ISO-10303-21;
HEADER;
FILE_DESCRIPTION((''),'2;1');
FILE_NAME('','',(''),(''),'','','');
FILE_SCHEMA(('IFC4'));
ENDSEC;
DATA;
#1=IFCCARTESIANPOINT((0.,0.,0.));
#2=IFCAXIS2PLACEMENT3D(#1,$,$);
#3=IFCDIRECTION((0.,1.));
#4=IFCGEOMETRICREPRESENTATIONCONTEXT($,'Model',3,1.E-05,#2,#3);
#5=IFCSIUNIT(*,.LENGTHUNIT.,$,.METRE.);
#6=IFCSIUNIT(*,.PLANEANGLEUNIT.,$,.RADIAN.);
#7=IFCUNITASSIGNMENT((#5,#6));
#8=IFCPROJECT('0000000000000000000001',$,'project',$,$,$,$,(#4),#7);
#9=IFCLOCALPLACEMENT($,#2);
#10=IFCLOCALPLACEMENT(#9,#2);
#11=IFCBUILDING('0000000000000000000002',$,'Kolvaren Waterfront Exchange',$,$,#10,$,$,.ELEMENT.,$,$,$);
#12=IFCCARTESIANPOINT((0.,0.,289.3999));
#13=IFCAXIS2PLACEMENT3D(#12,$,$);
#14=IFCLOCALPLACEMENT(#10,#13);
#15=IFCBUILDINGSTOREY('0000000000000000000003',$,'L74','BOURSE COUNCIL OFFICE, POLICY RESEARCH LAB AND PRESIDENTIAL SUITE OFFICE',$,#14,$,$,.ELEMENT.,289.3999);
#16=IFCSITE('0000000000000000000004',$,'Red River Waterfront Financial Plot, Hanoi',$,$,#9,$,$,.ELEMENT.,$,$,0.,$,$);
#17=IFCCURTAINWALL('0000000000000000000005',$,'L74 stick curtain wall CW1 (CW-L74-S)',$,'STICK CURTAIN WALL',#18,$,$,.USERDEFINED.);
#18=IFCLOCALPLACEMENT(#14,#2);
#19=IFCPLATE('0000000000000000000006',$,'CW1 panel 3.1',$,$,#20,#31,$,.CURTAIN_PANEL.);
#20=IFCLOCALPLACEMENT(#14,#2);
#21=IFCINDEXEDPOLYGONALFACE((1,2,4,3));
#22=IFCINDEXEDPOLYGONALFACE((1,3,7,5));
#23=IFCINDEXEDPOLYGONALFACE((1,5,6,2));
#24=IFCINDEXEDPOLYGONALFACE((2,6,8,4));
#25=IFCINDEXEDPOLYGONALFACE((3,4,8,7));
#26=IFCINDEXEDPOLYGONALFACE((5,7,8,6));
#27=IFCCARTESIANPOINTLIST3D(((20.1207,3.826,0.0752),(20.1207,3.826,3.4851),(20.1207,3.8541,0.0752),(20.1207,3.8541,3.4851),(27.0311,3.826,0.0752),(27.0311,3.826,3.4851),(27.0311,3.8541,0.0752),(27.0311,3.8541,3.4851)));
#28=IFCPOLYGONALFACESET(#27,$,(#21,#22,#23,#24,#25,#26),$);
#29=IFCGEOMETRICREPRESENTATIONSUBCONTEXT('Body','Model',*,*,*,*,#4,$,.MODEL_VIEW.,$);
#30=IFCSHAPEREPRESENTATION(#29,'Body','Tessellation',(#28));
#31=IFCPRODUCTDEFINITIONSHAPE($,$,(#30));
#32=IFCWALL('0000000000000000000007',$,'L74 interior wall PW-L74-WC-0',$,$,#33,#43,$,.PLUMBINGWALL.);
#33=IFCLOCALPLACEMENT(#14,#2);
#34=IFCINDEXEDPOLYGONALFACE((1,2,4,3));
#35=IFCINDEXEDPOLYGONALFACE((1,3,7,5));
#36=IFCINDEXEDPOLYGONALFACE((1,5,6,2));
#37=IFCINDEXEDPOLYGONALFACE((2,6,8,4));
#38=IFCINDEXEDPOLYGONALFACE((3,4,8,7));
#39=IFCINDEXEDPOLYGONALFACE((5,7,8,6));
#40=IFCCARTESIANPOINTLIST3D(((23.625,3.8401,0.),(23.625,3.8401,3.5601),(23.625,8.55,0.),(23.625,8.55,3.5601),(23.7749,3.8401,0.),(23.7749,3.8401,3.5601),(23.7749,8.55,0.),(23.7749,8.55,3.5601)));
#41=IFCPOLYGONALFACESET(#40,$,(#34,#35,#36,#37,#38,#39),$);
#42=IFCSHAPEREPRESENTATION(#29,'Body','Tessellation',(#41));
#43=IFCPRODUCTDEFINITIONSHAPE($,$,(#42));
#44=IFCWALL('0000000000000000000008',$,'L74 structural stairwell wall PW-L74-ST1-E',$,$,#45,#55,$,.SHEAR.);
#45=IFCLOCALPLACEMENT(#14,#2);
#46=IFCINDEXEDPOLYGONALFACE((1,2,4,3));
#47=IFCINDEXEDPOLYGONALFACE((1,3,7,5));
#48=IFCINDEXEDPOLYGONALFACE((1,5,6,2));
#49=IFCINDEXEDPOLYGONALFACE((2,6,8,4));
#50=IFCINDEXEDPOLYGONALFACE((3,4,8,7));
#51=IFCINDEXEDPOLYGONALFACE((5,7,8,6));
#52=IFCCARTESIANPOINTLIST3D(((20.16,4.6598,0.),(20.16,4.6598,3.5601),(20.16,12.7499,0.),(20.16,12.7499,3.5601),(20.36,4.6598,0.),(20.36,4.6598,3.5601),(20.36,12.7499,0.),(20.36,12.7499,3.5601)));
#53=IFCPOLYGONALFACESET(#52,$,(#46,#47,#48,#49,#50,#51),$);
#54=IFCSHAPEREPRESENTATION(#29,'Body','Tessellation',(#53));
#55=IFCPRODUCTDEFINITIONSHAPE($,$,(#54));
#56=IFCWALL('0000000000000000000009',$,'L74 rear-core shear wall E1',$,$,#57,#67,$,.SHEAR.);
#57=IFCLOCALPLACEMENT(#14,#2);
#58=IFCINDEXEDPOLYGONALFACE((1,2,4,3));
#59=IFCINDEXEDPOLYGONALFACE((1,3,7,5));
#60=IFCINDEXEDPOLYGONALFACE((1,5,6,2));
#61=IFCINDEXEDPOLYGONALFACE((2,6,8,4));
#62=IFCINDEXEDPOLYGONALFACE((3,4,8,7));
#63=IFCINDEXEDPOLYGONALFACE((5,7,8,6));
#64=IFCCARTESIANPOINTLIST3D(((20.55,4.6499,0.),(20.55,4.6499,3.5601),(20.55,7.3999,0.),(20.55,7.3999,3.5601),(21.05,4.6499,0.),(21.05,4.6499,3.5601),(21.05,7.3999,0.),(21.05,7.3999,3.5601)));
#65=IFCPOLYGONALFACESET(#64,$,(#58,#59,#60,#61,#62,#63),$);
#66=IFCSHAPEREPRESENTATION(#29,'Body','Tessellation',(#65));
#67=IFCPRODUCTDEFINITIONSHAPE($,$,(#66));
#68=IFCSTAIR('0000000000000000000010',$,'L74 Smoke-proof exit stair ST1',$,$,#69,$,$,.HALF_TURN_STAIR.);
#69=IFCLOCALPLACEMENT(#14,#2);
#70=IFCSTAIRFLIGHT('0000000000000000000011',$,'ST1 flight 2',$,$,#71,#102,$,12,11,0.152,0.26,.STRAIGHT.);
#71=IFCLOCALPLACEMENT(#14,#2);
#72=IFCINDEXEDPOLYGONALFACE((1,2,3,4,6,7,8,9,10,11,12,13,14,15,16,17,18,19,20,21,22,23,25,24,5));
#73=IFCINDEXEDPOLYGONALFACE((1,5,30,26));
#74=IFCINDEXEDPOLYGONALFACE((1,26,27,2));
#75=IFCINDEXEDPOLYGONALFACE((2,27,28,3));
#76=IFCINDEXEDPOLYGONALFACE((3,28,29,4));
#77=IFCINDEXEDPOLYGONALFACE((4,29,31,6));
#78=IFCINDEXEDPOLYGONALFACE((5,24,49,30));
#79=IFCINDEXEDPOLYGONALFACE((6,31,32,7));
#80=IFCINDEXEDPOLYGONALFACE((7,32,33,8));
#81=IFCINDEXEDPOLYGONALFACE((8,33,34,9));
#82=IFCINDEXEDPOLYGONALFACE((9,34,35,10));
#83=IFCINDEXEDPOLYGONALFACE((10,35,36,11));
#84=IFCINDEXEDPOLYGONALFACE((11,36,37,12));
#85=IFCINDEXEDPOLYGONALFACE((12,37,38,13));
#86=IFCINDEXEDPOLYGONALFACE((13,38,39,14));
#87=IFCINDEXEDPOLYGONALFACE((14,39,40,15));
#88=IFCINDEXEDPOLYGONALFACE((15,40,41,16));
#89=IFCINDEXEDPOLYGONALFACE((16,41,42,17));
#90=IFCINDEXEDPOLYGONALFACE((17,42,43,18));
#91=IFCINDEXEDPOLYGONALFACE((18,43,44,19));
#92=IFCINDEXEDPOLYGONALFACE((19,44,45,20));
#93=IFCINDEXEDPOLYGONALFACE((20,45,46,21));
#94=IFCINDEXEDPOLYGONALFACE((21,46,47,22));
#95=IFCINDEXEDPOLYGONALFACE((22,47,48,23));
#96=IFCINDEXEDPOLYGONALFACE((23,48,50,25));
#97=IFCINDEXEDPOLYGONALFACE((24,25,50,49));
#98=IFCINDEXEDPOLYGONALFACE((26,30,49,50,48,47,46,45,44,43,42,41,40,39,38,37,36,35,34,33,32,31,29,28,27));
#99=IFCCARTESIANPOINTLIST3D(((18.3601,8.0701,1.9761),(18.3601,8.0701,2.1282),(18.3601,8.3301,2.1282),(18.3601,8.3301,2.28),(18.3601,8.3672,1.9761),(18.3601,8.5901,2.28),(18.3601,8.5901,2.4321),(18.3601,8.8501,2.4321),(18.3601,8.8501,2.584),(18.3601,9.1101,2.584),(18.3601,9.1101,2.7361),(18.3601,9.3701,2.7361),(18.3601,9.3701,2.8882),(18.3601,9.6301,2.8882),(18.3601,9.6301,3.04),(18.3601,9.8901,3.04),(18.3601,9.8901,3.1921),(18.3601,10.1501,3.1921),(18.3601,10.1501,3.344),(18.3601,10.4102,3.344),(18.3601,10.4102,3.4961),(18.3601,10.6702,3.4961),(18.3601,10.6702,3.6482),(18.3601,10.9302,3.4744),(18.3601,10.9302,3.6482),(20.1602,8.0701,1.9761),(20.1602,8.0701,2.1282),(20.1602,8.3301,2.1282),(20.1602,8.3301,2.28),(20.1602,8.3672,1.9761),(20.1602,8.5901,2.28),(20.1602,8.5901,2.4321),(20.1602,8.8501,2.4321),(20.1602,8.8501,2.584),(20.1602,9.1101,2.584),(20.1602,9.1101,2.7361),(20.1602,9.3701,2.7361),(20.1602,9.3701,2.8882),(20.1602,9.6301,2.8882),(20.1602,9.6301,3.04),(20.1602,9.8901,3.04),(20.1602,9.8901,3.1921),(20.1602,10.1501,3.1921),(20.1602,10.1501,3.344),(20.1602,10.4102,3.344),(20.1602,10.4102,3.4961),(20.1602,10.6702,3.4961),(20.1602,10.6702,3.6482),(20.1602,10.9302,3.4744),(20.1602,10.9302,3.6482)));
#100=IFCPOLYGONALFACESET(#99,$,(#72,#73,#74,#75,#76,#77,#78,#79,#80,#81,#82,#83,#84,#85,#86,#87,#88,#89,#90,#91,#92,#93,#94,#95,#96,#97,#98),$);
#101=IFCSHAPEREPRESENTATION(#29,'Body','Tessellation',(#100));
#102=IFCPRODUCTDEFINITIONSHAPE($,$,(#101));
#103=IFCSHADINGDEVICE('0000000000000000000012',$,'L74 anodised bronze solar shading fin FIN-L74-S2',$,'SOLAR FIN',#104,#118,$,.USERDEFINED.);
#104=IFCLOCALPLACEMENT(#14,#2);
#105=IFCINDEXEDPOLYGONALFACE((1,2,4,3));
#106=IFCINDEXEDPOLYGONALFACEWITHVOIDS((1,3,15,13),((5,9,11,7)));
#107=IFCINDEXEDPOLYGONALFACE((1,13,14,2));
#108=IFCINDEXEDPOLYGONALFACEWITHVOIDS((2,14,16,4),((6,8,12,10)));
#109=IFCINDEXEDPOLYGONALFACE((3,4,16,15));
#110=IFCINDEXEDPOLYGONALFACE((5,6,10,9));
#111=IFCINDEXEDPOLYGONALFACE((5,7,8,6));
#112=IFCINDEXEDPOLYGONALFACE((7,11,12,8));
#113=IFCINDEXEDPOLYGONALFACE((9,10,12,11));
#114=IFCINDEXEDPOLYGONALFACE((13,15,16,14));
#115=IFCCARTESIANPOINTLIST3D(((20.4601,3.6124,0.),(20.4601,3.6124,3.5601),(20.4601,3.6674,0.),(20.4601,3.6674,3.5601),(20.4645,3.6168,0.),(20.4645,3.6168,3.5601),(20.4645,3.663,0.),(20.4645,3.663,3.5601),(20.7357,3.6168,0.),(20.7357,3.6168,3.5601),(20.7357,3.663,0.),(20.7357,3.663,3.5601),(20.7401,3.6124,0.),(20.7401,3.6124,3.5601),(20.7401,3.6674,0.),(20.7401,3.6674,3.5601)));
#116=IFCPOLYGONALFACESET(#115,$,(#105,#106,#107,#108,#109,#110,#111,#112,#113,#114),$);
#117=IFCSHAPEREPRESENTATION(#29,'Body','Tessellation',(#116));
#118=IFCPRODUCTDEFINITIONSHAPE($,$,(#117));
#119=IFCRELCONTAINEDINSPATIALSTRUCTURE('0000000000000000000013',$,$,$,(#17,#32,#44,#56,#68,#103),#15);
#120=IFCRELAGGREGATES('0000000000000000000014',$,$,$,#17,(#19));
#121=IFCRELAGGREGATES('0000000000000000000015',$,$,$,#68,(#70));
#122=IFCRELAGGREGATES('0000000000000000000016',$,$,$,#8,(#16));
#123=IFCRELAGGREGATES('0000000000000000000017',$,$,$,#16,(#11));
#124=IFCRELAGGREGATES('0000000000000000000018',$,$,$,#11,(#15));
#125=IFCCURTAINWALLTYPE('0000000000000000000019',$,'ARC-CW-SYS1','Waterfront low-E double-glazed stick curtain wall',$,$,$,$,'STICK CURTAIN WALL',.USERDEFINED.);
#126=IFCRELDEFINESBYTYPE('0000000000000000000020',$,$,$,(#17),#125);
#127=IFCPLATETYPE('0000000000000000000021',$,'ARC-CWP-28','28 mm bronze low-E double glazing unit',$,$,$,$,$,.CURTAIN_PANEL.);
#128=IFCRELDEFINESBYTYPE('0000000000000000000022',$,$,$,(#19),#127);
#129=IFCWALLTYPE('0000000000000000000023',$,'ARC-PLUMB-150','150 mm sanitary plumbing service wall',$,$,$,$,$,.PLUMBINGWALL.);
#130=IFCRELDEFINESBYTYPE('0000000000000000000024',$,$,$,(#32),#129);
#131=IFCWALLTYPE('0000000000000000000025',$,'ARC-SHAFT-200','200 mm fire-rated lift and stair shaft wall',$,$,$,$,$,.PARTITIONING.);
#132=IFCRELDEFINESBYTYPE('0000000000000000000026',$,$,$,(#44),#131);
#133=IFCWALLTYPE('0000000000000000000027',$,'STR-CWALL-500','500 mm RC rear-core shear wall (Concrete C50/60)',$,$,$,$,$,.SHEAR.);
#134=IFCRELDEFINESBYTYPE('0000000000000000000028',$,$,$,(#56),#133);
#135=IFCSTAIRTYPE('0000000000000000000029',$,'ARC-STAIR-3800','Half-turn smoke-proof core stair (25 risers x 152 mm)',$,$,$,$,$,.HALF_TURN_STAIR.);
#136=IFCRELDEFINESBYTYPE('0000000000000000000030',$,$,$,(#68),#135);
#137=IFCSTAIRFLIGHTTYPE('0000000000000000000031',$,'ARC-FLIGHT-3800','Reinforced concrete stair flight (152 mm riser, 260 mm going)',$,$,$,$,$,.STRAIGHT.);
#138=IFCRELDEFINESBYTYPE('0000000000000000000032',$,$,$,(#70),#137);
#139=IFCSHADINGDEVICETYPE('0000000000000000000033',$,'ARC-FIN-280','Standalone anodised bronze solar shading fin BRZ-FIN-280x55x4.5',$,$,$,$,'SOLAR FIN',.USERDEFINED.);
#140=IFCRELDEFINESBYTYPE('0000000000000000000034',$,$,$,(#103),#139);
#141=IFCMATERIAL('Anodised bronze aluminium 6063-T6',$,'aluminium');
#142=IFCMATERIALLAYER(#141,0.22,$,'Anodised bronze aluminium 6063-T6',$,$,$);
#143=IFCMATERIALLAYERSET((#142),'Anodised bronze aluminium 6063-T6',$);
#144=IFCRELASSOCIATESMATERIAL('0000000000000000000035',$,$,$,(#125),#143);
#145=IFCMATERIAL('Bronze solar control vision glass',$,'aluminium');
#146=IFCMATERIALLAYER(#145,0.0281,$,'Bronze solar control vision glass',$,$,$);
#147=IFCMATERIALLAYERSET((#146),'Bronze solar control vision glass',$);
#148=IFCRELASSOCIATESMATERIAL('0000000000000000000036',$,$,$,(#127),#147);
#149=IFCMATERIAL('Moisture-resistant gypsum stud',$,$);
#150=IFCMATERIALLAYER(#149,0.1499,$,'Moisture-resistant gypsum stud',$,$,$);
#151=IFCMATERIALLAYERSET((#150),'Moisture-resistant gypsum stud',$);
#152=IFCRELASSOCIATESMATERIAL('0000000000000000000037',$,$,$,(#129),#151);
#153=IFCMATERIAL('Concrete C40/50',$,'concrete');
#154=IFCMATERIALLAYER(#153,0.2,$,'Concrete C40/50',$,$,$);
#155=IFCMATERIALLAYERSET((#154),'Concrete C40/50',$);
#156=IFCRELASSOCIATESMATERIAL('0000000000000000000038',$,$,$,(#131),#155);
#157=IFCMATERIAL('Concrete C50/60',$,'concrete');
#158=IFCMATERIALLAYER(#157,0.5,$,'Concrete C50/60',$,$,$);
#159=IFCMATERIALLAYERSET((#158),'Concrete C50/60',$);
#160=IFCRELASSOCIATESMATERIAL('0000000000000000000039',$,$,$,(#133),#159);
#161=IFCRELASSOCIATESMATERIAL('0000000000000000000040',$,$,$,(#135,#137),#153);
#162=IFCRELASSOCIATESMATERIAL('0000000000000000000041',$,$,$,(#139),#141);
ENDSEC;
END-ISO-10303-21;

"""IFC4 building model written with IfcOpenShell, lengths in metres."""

from ifc_helpers import new_model, si_unit, direction, frame, frame_2d, origin, origin_with_axes, origin_2d, place, context, subcontext, project, spatial, polyline, rectangle, hollow_rectangle, outline, extrude, source, transform, mapped, material, layer, layer_set, material_profile, profile_set, type_object, element, aggregate, save


model = new_model("IFC4")

# Units and contexts
model_context = context("Model", 3, precision=1e-05, world=origin(), true_north=direction((0.0, 1.0)))
body_context = subcontext(model_context, "Body", "Model", "MODEL_VIEW")
ifc_project = project(units=[si_unit("LENGTHUNIT", "METRE"), si_unit("PLANEANGLEUNIT", "RADIAN")], contexts=[model_context])

# Site, building, storey
site_placement = place(None, origin())
site = spatial("IfcSite", under=ifc_project, at=site_placement, Name="Red River Waterfront Financial Plot, Hanoi", CompositionType="ELEMENT", RefElevation=0.0)
building_placement = place(site_placement, origin())
building = spatial("IfcBuilding", under=site, at=building_placement, Name="Kolvaren Waterfront Exchange", CompositionType="ELEMENT")
storey_placement = place(building_placement, frame((0.0, 0.0, 289.3999)))
storey = spatial("IfcBuildingStorey", under=building, at=storey_placement, Name="L74", Description="BOURSE COUNCIL OFFICE, POLICY RESEARCH LAB AND PRESIDENTIAL SUITE OFFICE", CompositionType="ELEMENT", Elevation=289.3999)

# Shared definitions
ifc_material_1 = material(Name="Concrete C50/60", Category="concrete")

# Curtain wall, plate
ifc_material_2 = material(Name="Anodised bronze aluminium 6063-T6", Category="aluminium")
ifc_layer_1 = layer(ifc_material_2, 0.22, Name="Anodised bronze aluminium 6063-T6")
ifc_layer_set_1 = layer_set([ifc_layer_1], Name="Anodised bronze aluminium 6063-T6")
curtain_wall_type = type_object("IfcCurtainWallType", Name="ARC-CW-SYS1", Description="Waterfront low-E double-glazed stick curtain wall", ElementType="STICK CURTAIN WALL", PredefinedType="USERDEFINED", material=ifc_layer_set_1)
curtain_wall_placement = place(storey_placement, origin())
curtain_wall = element("IfcCurtainWall", 1, at=curtain_wall_placement, inside=storey, type_object=curtain_wall_type, Name="L74 stick curtain wall CW1 (CW-L74-S)", ObjectType="STICK CURTAIN WALL", PredefinedType="USERDEFINED")
ifc_material_3 = material(Name="Bronze solar control vision glass", Category="aluminium")
ifc_layer_2 = layer(ifc_material_3, 0.0281, Name="Bronze solar control vision glass")
ifc_layer_set_2 = layer_set([ifc_layer_2], Name="Bronze solar control vision glass")
plate_type = type_object("IfcPlateType", Name="ARC-CWP-28", Description="28 mm bronze low-E double glazing unit", PredefinedType="CURTAIN_PANEL", material=ifc_layer_set_2)
shared_shape_1 = source(origin_with_axes(), body_context, "Body", "SweptSolid", [
    extrude(rectangle(XDim=6.9104, YDim=0.0281, at=origin_2d()), origin(), (0.0, 0.0, 1.0), 3.4099),
])
plate_placement = place(storey_placement, frame((23.5759, 3.8401, 0.0752), z_axis=(0.0, 0.0, 1.0), x_axis=(1.0, 0.0, 0.0)))
plate = element("IfcPlate", 2, at=plate_placement, type_object=plate_type, Name="CW1 panel 3.1", PredefinedType="CURTAIN_PANEL", context=body_context, shape_type="MappedRepresentation", body=[
    mapped(shared_shape_1, transform((0.0, 0.0, 0.0), x_axis=(1.0, 0.0, 0.0), y_axis=(0.0, 1.0, 0.0), z_axis=(0.0, 0.0, 1.0), scale=1.0)),
])
aggregate(curtain_wall, [plate])

# Walls
ifc_material_4 = material(Name="Moisture-resistant gypsum stud")
ifc_layer_3 = layer(ifc_material_4, 0.1499, Name="Moisture-resistant gypsum stud")
ifc_layer_set_3 = layer_set([ifc_layer_3], Name="Moisture-resistant gypsum stud")
wall_type_1 = type_object("IfcWallType", Name="ARC-PLUMB-150", Description="150 mm sanitary plumbing service wall", PredefinedType="PLUMBINGWALL", material=ifc_layer_set_3)
wall_1_placement = place(storey_placement, frame((23.7, 3.8401, 0.0), z_axis=(0.0, 0.0, 1.0), x_axis=(0.0, 1.0, 0.0)))
element("IfcWall", 3, at=wall_1_placement, inside=storey, type_object=wall_type_1, Name="L74 interior wall PW-L74-WC-0", PredefinedType="PLUMBINGWALL", context=body_context, shape_type="SweptSolid", body=[
    extrude(rectangle(XDim=4.71, YDim=0.1499, at=frame_2d((2.355, 0.0))), origin(), (0.0, 0.0, 1.0), 3.5601),
])
ifc_material_5 = material(Name="Concrete C40/50", Category="concrete")
ifc_layer_4 = layer(ifc_material_5, 0.2, Name="Concrete C40/50")
ifc_layer_set_4 = layer_set([ifc_layer_4], Name="Concrete C40/50")
wall_type_2 = type_object("IfcWallType", Name="ARC-SHAFT-200", Description="200 mm fire-rated lift and stair shaft wall", PredefinedType="PARTITIONING", material=ifc_layer_set_4)
wall_2_placement = place(storey_placement, frame((20.26, 4.6599, 0.0), z_axis=(0.0, 0.0, 1.0), x_axis=(0.0, 1.0, 0.0)))
element("IfcWall", 4, at=wall_2_placement, inside=storey, type_object=wall_type_2, Name="L74 structural stairwell wall PW-L74-ST1-E", PredefinedType="SHEAR", context=body_context, shape_type="SweptSolid", body=[
    extrude(rectangle(XDim=8.0901, YDim=0.2, at=frame_2d((4.0449, 0.0))), origin(), (0.0, 0.0, 1.0), 3.5601),
])
ifc_layer_5 = layer(ifc_material_1, 0.5, Name="Concrete C50/60")
ifc_layer_set_5 = layer_set([ifc_layer_5], Name="Concrete C50/60")
wall_type_3 = type_object("IfcWallType", Name="STR-CWALL-500", Description="500 mm RC rear-core shear wall (Concrete C50/60)", PredefinedType="SHEAR", material=ifc_layer_set_5)
wall_3_placement = place(storey_placement, frame((20.8, 4.6499, 0.0), z_axis=(0.0, 0.0, 1.0), x_axis=(0.0, 1.0, 0.0)))
element("IfcWall", 5, at=wall_3_placement, inside=storey, type_object=wall_type_3, Name="L74 rear-core shear wall E1", PredefinedType="SHEAR", context=body_context, shape_type="SweptSolid", body=[
    extrude(rectangle(XDim=2.75, YDim=0.5, at=frame_2d((1.375, 0.0))), origin(), (0.0, 0.0, 1.0), 3.5601),
])

# Stair, stair flight
stair_type = type_object("IfcStairType", Name="ARC-STAIR-3800", Description="Half-turn smoke-proof core stair (25 risers x 152 mm)", PredefinedType="HALF_TURN_STAIR", material=ifc_material_5)
stair_placement = place(storey_placement, origin())
stair = element("IfcStair", 6, at=stair_placement, inside=storey, type_object=stair_type, Name="L74 Smoke-proof exit stair ST1", PredefinedType="HALF_TURN_STAIR")
stair_flight_type = type_object("IfcStairFlightType", Name="ARC-FLIGHT-3800", Description="Reinforced concrete stair flight (152 mm riser, 260 mm going)", PredefinedType="STRAIGHT", material=ifc_material_5)
stair_flight_placement = place(storey_placement, frame((19.26, 8.0701, 1.9761), z_axis=(0.0, 0.0, 1.0), x_axis=(0.0, 1.0, 0.0)))
stair_flight = element("IfcStairFlight", 7, at=stair_flight_placement, type_object=stair_flight_type, Name="ST1 flight 2", NumberOfRisers=12, NumberOfTreads=11, PredefinedType="STRAIGHT", RiserHeight=0.152, TreadLength=0.26, context=body_context, shape_type="SweptSolid", body=[
    extrude(outline(polyline([(0.0, 0.0), (0.0, 0.1521), (0.26, 0.1521), (0.26, 0.304), (0.52, 0.304), (0.52, 0.4561), (0.78, 0.4561), (0.78, 0.6079), (1.04, 0.6079), (1.04, 0.76), (1.3, 0.76), (1.3, 0.9121), (1.5601, 0.9121), (1.5601, 1.064), (1.8201, 1.064), (1.8201, 1.2161), (2.0801, 1.2161), (2.0801, 1.3679), (2.3401, 1.3679), (2.3401, 1.52), (2.6001, 1.52), (2.6001, 1.6721), (2.8601, 1.6721), (2.8601, 1.824), (2.8601, 1.4983), (0.2971, 0.0), (0.0, 0.0)])), frame((0.0, 0.8999, 0.0), z_axis=(0.0, -1.0, 0.0), x_axis=(1.0, 0.0, 0.0)), (0.0, 0.0, 1.0), 1.8),
])
aggregate(stair, [stair_flight])

# Shading device
ifc_material_profile_1 = material_profile(ifc_material_2, hollow_rectangle(XDim=0.0549, YDim=0.28, WallThickness=0.0044, at=origin_2d()), Name="BRZ-FIN-280x55x4.5")
ifc_profile_set_1 = profile_set([ifc_material_profile_1], Name="Anodised bronze aluminium 6063-T6")
shading_device_type = type_object("IfcShadingDeviceType", Name="ARC-FIN-280", Description="Standalone anodised bronze solar shading fin BRZ-FIN-280x55x4.5", ElementType="SOLAR FIN", PredefinedType="USERDEFINED", material=ifc_profile_set_1)
shading_device_placement = place(storey_placement, frame((20.6001, 3.6399, 0.0), z_axis=(0.0, 0.0, 1.0), x_axis=(0.0, -1.0, 0.0)))
element("IfcShadingDevice", 8, at=shading_device_placement, inside=storey, type_object=shading_device_type, Name="L74 anodised bronze solar shading fin FIN-L74-S2", ObjectType="SOLAR FIN", PredefinedType="USERDEFINED", context=body_context, shape_type="SweptSolid", body=[
    extrude(hollow_rectangle(XDim=0.0549, YDim=0.28, WallThickness=0.0044, at=origin_2d()), origin(), (0.0, 0.0, 1.0), 3.5601),
])

save(model, "model.ifc")
